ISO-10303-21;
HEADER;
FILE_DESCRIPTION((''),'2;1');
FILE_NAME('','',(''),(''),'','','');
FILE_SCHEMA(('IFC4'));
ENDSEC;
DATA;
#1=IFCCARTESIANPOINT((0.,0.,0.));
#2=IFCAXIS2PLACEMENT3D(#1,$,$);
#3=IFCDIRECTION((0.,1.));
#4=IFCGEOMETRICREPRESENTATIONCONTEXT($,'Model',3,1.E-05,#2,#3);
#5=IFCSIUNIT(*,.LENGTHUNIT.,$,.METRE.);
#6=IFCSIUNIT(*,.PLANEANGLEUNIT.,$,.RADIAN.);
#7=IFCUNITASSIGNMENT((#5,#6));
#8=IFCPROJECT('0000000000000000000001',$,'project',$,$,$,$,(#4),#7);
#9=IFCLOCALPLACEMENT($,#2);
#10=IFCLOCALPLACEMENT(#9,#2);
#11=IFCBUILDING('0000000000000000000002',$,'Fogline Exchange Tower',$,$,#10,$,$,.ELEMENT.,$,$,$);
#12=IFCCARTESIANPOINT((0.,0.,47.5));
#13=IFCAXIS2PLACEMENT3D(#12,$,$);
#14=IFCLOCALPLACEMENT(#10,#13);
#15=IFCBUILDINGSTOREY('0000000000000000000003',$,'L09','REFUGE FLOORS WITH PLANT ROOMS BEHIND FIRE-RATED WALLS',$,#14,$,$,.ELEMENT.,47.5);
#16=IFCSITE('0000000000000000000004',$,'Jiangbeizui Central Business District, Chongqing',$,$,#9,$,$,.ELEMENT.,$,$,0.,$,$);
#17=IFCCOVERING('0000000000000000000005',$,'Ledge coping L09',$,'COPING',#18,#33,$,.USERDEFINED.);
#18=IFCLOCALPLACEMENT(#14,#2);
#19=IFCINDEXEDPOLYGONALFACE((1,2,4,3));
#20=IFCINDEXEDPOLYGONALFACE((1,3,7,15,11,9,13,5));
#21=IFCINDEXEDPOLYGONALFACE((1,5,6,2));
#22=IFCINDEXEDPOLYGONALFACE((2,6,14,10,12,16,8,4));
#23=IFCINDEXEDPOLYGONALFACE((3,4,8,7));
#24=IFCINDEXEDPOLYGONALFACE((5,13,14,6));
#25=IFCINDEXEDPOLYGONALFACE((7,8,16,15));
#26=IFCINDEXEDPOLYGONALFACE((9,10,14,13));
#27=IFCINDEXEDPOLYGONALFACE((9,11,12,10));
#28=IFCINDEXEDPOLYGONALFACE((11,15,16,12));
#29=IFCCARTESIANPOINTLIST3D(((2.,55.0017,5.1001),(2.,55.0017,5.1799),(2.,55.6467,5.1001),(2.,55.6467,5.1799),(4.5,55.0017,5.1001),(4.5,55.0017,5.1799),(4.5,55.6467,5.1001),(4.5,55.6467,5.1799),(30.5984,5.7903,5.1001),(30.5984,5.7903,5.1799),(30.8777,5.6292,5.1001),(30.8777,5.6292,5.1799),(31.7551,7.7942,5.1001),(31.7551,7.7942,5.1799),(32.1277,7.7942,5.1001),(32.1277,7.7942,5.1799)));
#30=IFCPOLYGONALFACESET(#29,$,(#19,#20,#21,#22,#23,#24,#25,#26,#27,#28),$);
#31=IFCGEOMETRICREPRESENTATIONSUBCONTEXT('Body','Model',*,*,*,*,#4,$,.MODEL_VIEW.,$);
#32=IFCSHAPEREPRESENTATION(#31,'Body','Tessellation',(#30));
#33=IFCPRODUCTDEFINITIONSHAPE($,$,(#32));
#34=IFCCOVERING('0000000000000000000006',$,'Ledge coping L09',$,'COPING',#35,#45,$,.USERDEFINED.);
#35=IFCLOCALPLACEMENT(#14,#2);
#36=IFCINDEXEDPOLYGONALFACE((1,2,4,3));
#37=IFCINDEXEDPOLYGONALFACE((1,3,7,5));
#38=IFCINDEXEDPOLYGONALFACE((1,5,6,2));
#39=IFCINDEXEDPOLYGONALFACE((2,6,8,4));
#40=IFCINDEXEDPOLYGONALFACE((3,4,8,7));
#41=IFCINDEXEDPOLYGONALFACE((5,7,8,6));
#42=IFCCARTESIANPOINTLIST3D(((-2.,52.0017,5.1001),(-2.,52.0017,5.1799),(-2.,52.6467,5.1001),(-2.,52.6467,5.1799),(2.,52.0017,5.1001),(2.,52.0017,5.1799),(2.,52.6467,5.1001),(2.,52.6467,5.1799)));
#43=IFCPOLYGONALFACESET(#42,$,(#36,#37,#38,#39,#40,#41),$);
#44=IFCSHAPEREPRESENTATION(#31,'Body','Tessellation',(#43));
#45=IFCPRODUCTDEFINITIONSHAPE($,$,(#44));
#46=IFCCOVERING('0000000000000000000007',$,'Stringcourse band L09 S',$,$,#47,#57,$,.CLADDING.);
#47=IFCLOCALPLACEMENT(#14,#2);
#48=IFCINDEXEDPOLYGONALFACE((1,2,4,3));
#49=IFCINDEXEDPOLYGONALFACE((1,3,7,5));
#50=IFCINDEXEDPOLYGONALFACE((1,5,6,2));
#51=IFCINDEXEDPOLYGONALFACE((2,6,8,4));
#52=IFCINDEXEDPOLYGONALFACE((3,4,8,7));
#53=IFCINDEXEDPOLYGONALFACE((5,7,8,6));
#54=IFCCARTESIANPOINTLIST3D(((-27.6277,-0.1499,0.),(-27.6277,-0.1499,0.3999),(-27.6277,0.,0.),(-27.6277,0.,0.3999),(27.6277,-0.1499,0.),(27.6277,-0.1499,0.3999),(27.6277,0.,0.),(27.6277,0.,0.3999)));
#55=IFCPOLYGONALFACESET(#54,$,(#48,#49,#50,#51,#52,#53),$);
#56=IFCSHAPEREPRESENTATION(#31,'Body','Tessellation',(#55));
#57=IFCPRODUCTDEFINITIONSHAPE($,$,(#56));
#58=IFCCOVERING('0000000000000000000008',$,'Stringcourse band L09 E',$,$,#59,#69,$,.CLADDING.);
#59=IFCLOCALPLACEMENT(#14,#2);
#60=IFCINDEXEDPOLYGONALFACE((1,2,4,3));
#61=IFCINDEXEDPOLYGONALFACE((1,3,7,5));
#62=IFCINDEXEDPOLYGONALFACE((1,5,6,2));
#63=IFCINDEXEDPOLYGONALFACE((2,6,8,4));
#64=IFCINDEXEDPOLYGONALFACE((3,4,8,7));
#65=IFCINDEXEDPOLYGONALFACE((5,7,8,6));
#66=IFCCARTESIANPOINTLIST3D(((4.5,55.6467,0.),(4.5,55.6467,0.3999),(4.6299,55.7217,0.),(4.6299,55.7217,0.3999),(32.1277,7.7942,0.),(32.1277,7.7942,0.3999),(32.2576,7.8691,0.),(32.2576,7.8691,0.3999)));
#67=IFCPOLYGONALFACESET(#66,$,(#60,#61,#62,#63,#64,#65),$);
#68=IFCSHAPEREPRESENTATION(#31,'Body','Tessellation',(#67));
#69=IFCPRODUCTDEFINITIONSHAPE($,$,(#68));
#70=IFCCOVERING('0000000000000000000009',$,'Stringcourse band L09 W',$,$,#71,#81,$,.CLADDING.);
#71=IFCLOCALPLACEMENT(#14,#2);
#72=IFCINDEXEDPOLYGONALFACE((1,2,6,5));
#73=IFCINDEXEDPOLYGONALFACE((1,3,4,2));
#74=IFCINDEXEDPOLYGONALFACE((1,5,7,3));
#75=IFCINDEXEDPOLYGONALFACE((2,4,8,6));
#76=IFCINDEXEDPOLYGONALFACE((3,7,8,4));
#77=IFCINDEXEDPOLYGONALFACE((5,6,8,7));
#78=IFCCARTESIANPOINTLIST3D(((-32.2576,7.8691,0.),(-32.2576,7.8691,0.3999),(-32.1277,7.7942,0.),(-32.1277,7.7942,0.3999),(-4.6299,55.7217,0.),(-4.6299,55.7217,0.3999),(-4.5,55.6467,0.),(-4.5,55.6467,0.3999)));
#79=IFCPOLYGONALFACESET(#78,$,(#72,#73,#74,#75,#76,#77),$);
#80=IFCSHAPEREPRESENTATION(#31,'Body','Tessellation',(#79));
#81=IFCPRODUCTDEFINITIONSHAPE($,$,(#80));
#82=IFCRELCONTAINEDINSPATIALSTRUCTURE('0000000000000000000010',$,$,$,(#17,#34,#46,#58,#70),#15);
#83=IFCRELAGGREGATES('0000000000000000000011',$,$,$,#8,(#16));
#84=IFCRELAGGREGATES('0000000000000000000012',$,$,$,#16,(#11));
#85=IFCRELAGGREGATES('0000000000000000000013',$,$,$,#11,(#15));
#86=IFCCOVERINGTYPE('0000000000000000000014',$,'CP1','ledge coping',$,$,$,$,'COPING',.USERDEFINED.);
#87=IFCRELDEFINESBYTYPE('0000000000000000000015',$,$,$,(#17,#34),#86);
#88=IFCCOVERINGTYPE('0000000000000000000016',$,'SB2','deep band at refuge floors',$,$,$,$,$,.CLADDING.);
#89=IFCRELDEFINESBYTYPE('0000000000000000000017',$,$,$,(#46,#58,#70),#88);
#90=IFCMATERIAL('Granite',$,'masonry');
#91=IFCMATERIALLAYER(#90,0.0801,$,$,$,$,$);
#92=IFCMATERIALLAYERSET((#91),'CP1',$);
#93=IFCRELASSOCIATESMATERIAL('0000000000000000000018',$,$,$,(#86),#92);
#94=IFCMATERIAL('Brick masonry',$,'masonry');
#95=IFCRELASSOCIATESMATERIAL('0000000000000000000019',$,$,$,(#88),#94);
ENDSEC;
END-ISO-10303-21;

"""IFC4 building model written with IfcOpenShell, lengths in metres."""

from ifc_helpers import new_model, si_unit, direction, frame, origin, place, context, subcontext, project, spatial, polyline, outline, extrude, material, layer, layer_set, type_object, element, save


model = new_model("IFC4")

# Units and contexts
model_context = context("Model", 3, precision=1e-05, world=origin(), true_north=direction((0.0, 1.0)))
body_context = subcontext(model_context, "Body", "Model", "MODEL_VIEW")
ifc_project = project(units=[si_unit("LENGTHUNIT", "METRE"), si_unit("PLANEANGLEUNIT", "RADIAN")], contexts=[model_context])

# Site, building, storey
site_placement = place(None, origin())
site = spatial("IfcSite", under=ifc_project, at=site_placement, Name="Jiangbeizui Central Business District, Chongqing", CompositionType="ELEMENT", RefElevation=0.0)
building_placement = place(site_placement, origin())
building = spatial("IfcBuilding", under=site, at=building_placement, Name="Fogline Exchange Tower", CompositionType="ELEMENT")
storey_placement = place(building_placement, frame((0.0, 0.0, 47.5)))
storey = spatial("IfcBuildingStorey", under=building, at=storey_placement, Name="L09", Description="REFUGE FLOORS WITH PLANT ROOMS BEHIND FIRE-RATED WALLS", CompositionType="ELEMENT", Elevation=47.5)

# Shared definitions
ifc_material_1 = material(Name="Brick masonry", Category="masonry")

# Coverings
ifc_material_2 = material(Name="Granite", Category="masonry")
ifc_layer_1 = layer(ifc_material_2, 0.0801)
ifc_layer_set_1 = layer_set([ifc_layer_1], Name="CP1")
covering_type_1 = type_object("IfcCoveringType", Name="CP1", Description="ledge coping", ElementType="COPING", PredefinedType="USERDEFINED", material=ifc_layer_set_1)
covering_1_placement = place(storey_placement, frame((0.0, 0.0, 5.1001)))
element("IfcCovering", 1, at=covering_1_placement, inside=storey, type_object=covering_type_1, Name="Ledge coping L09", ObjectType="COPING", PredefinedType="USERDEFINED", context=body_context, shape_type="SweptSolid", body=[
    extrude(outline(polyline([(2.0, 55.6467), (2.0, 55.0017), (4.5, 55.0017), (31.7551, 7.7942), (30.5984, 5.7903), (30.8777, 5.6292), (32.1277, 7.7942), (4.5, 55.6467), (2.0, 55.6467)])), origin(), (0.0, 0.0, 1.0), 0.0798),
])
covering_2_placement = place(storey_placement, frame((0.0, 0.0, 5.1001)))
element("IfcCovering", 2, at=covering_2_placement, inside=storey, type_object=covering_type_1, Name="Ledge coping L09", ObjectType="COPING", PredefinedType="USERDEFINED", context=body_context, shape_type="SweptSolid", body=[
    extrude(outline(polyline([(2.0, 52.6467), (-2.0, 52.6467), (-2.0, 52.0017), (2.0, 52.0017), (2.0, 52.6467)])), origin(), (0.0, 0.0, 1.0), 0.0798),
])
covering_type_2 = type_object("IfcCoveringType", Name="SB2", Description="deep band at refuge floors", PredefinedType="CLADDING", material=ifc_material_1)
covering_3_placement = place(storey_placement, origin())
element("IfcCovering", 3, at=covering_3_placement, inside=storey, type_object=covering_type_2, Name="Stringcourse band L09 S", PredefinedType="CLADDING", context=body_context, shape_type="SweptSolid", body=[
    extrude(outline(polyline([(-27.6277, 0.0), (-27.6277, -0.1499), (27.6277, -0.1499), (27.6277, 0.0), (-27.6277, 0.0)])), origin(), (0.0, 0.0, 1.0), 0.3999),
])
covering_4_placement = place(storey_placement, origin())
element("IfcCovering", 4, at=covering_4_placement, inside=storey, type_object=covering_type_2, Name="Stringcourse band L09 E", PredefinedType="CLADDING", context=body_context, shape_type="SweptSolid", body=[
    extrude(outline(polyline([(32.1277, 7.7942), (32.2576, 7.8691), (4.6299, 55.7217), (4.5, 55.6467), (32.1277, 7.7942)])), origin(), (0.0, 0.0, 1.0), 0.3999),
])
covering_5_placement = place(storey_placement, origin())
element("IfcCovering", 5, at=covering_5_placement, inside=storey, type_object=covering_type_2, Name="Stringcourse band L09 W", PredefinedType="CLADDING", context=body_context, shape_type="SweptSolid", body=[
    extrude(outline(polyline([(-4.5, 55.6467), (-4.6299, 55.7217), (-32.2576, 7.8691), (-32.1277, 7.7942), (-4.5, 55.6467)])), origin(), (0.0, 0.0, 1.0), 0.3999),
])

save(model, "model.ifc")
